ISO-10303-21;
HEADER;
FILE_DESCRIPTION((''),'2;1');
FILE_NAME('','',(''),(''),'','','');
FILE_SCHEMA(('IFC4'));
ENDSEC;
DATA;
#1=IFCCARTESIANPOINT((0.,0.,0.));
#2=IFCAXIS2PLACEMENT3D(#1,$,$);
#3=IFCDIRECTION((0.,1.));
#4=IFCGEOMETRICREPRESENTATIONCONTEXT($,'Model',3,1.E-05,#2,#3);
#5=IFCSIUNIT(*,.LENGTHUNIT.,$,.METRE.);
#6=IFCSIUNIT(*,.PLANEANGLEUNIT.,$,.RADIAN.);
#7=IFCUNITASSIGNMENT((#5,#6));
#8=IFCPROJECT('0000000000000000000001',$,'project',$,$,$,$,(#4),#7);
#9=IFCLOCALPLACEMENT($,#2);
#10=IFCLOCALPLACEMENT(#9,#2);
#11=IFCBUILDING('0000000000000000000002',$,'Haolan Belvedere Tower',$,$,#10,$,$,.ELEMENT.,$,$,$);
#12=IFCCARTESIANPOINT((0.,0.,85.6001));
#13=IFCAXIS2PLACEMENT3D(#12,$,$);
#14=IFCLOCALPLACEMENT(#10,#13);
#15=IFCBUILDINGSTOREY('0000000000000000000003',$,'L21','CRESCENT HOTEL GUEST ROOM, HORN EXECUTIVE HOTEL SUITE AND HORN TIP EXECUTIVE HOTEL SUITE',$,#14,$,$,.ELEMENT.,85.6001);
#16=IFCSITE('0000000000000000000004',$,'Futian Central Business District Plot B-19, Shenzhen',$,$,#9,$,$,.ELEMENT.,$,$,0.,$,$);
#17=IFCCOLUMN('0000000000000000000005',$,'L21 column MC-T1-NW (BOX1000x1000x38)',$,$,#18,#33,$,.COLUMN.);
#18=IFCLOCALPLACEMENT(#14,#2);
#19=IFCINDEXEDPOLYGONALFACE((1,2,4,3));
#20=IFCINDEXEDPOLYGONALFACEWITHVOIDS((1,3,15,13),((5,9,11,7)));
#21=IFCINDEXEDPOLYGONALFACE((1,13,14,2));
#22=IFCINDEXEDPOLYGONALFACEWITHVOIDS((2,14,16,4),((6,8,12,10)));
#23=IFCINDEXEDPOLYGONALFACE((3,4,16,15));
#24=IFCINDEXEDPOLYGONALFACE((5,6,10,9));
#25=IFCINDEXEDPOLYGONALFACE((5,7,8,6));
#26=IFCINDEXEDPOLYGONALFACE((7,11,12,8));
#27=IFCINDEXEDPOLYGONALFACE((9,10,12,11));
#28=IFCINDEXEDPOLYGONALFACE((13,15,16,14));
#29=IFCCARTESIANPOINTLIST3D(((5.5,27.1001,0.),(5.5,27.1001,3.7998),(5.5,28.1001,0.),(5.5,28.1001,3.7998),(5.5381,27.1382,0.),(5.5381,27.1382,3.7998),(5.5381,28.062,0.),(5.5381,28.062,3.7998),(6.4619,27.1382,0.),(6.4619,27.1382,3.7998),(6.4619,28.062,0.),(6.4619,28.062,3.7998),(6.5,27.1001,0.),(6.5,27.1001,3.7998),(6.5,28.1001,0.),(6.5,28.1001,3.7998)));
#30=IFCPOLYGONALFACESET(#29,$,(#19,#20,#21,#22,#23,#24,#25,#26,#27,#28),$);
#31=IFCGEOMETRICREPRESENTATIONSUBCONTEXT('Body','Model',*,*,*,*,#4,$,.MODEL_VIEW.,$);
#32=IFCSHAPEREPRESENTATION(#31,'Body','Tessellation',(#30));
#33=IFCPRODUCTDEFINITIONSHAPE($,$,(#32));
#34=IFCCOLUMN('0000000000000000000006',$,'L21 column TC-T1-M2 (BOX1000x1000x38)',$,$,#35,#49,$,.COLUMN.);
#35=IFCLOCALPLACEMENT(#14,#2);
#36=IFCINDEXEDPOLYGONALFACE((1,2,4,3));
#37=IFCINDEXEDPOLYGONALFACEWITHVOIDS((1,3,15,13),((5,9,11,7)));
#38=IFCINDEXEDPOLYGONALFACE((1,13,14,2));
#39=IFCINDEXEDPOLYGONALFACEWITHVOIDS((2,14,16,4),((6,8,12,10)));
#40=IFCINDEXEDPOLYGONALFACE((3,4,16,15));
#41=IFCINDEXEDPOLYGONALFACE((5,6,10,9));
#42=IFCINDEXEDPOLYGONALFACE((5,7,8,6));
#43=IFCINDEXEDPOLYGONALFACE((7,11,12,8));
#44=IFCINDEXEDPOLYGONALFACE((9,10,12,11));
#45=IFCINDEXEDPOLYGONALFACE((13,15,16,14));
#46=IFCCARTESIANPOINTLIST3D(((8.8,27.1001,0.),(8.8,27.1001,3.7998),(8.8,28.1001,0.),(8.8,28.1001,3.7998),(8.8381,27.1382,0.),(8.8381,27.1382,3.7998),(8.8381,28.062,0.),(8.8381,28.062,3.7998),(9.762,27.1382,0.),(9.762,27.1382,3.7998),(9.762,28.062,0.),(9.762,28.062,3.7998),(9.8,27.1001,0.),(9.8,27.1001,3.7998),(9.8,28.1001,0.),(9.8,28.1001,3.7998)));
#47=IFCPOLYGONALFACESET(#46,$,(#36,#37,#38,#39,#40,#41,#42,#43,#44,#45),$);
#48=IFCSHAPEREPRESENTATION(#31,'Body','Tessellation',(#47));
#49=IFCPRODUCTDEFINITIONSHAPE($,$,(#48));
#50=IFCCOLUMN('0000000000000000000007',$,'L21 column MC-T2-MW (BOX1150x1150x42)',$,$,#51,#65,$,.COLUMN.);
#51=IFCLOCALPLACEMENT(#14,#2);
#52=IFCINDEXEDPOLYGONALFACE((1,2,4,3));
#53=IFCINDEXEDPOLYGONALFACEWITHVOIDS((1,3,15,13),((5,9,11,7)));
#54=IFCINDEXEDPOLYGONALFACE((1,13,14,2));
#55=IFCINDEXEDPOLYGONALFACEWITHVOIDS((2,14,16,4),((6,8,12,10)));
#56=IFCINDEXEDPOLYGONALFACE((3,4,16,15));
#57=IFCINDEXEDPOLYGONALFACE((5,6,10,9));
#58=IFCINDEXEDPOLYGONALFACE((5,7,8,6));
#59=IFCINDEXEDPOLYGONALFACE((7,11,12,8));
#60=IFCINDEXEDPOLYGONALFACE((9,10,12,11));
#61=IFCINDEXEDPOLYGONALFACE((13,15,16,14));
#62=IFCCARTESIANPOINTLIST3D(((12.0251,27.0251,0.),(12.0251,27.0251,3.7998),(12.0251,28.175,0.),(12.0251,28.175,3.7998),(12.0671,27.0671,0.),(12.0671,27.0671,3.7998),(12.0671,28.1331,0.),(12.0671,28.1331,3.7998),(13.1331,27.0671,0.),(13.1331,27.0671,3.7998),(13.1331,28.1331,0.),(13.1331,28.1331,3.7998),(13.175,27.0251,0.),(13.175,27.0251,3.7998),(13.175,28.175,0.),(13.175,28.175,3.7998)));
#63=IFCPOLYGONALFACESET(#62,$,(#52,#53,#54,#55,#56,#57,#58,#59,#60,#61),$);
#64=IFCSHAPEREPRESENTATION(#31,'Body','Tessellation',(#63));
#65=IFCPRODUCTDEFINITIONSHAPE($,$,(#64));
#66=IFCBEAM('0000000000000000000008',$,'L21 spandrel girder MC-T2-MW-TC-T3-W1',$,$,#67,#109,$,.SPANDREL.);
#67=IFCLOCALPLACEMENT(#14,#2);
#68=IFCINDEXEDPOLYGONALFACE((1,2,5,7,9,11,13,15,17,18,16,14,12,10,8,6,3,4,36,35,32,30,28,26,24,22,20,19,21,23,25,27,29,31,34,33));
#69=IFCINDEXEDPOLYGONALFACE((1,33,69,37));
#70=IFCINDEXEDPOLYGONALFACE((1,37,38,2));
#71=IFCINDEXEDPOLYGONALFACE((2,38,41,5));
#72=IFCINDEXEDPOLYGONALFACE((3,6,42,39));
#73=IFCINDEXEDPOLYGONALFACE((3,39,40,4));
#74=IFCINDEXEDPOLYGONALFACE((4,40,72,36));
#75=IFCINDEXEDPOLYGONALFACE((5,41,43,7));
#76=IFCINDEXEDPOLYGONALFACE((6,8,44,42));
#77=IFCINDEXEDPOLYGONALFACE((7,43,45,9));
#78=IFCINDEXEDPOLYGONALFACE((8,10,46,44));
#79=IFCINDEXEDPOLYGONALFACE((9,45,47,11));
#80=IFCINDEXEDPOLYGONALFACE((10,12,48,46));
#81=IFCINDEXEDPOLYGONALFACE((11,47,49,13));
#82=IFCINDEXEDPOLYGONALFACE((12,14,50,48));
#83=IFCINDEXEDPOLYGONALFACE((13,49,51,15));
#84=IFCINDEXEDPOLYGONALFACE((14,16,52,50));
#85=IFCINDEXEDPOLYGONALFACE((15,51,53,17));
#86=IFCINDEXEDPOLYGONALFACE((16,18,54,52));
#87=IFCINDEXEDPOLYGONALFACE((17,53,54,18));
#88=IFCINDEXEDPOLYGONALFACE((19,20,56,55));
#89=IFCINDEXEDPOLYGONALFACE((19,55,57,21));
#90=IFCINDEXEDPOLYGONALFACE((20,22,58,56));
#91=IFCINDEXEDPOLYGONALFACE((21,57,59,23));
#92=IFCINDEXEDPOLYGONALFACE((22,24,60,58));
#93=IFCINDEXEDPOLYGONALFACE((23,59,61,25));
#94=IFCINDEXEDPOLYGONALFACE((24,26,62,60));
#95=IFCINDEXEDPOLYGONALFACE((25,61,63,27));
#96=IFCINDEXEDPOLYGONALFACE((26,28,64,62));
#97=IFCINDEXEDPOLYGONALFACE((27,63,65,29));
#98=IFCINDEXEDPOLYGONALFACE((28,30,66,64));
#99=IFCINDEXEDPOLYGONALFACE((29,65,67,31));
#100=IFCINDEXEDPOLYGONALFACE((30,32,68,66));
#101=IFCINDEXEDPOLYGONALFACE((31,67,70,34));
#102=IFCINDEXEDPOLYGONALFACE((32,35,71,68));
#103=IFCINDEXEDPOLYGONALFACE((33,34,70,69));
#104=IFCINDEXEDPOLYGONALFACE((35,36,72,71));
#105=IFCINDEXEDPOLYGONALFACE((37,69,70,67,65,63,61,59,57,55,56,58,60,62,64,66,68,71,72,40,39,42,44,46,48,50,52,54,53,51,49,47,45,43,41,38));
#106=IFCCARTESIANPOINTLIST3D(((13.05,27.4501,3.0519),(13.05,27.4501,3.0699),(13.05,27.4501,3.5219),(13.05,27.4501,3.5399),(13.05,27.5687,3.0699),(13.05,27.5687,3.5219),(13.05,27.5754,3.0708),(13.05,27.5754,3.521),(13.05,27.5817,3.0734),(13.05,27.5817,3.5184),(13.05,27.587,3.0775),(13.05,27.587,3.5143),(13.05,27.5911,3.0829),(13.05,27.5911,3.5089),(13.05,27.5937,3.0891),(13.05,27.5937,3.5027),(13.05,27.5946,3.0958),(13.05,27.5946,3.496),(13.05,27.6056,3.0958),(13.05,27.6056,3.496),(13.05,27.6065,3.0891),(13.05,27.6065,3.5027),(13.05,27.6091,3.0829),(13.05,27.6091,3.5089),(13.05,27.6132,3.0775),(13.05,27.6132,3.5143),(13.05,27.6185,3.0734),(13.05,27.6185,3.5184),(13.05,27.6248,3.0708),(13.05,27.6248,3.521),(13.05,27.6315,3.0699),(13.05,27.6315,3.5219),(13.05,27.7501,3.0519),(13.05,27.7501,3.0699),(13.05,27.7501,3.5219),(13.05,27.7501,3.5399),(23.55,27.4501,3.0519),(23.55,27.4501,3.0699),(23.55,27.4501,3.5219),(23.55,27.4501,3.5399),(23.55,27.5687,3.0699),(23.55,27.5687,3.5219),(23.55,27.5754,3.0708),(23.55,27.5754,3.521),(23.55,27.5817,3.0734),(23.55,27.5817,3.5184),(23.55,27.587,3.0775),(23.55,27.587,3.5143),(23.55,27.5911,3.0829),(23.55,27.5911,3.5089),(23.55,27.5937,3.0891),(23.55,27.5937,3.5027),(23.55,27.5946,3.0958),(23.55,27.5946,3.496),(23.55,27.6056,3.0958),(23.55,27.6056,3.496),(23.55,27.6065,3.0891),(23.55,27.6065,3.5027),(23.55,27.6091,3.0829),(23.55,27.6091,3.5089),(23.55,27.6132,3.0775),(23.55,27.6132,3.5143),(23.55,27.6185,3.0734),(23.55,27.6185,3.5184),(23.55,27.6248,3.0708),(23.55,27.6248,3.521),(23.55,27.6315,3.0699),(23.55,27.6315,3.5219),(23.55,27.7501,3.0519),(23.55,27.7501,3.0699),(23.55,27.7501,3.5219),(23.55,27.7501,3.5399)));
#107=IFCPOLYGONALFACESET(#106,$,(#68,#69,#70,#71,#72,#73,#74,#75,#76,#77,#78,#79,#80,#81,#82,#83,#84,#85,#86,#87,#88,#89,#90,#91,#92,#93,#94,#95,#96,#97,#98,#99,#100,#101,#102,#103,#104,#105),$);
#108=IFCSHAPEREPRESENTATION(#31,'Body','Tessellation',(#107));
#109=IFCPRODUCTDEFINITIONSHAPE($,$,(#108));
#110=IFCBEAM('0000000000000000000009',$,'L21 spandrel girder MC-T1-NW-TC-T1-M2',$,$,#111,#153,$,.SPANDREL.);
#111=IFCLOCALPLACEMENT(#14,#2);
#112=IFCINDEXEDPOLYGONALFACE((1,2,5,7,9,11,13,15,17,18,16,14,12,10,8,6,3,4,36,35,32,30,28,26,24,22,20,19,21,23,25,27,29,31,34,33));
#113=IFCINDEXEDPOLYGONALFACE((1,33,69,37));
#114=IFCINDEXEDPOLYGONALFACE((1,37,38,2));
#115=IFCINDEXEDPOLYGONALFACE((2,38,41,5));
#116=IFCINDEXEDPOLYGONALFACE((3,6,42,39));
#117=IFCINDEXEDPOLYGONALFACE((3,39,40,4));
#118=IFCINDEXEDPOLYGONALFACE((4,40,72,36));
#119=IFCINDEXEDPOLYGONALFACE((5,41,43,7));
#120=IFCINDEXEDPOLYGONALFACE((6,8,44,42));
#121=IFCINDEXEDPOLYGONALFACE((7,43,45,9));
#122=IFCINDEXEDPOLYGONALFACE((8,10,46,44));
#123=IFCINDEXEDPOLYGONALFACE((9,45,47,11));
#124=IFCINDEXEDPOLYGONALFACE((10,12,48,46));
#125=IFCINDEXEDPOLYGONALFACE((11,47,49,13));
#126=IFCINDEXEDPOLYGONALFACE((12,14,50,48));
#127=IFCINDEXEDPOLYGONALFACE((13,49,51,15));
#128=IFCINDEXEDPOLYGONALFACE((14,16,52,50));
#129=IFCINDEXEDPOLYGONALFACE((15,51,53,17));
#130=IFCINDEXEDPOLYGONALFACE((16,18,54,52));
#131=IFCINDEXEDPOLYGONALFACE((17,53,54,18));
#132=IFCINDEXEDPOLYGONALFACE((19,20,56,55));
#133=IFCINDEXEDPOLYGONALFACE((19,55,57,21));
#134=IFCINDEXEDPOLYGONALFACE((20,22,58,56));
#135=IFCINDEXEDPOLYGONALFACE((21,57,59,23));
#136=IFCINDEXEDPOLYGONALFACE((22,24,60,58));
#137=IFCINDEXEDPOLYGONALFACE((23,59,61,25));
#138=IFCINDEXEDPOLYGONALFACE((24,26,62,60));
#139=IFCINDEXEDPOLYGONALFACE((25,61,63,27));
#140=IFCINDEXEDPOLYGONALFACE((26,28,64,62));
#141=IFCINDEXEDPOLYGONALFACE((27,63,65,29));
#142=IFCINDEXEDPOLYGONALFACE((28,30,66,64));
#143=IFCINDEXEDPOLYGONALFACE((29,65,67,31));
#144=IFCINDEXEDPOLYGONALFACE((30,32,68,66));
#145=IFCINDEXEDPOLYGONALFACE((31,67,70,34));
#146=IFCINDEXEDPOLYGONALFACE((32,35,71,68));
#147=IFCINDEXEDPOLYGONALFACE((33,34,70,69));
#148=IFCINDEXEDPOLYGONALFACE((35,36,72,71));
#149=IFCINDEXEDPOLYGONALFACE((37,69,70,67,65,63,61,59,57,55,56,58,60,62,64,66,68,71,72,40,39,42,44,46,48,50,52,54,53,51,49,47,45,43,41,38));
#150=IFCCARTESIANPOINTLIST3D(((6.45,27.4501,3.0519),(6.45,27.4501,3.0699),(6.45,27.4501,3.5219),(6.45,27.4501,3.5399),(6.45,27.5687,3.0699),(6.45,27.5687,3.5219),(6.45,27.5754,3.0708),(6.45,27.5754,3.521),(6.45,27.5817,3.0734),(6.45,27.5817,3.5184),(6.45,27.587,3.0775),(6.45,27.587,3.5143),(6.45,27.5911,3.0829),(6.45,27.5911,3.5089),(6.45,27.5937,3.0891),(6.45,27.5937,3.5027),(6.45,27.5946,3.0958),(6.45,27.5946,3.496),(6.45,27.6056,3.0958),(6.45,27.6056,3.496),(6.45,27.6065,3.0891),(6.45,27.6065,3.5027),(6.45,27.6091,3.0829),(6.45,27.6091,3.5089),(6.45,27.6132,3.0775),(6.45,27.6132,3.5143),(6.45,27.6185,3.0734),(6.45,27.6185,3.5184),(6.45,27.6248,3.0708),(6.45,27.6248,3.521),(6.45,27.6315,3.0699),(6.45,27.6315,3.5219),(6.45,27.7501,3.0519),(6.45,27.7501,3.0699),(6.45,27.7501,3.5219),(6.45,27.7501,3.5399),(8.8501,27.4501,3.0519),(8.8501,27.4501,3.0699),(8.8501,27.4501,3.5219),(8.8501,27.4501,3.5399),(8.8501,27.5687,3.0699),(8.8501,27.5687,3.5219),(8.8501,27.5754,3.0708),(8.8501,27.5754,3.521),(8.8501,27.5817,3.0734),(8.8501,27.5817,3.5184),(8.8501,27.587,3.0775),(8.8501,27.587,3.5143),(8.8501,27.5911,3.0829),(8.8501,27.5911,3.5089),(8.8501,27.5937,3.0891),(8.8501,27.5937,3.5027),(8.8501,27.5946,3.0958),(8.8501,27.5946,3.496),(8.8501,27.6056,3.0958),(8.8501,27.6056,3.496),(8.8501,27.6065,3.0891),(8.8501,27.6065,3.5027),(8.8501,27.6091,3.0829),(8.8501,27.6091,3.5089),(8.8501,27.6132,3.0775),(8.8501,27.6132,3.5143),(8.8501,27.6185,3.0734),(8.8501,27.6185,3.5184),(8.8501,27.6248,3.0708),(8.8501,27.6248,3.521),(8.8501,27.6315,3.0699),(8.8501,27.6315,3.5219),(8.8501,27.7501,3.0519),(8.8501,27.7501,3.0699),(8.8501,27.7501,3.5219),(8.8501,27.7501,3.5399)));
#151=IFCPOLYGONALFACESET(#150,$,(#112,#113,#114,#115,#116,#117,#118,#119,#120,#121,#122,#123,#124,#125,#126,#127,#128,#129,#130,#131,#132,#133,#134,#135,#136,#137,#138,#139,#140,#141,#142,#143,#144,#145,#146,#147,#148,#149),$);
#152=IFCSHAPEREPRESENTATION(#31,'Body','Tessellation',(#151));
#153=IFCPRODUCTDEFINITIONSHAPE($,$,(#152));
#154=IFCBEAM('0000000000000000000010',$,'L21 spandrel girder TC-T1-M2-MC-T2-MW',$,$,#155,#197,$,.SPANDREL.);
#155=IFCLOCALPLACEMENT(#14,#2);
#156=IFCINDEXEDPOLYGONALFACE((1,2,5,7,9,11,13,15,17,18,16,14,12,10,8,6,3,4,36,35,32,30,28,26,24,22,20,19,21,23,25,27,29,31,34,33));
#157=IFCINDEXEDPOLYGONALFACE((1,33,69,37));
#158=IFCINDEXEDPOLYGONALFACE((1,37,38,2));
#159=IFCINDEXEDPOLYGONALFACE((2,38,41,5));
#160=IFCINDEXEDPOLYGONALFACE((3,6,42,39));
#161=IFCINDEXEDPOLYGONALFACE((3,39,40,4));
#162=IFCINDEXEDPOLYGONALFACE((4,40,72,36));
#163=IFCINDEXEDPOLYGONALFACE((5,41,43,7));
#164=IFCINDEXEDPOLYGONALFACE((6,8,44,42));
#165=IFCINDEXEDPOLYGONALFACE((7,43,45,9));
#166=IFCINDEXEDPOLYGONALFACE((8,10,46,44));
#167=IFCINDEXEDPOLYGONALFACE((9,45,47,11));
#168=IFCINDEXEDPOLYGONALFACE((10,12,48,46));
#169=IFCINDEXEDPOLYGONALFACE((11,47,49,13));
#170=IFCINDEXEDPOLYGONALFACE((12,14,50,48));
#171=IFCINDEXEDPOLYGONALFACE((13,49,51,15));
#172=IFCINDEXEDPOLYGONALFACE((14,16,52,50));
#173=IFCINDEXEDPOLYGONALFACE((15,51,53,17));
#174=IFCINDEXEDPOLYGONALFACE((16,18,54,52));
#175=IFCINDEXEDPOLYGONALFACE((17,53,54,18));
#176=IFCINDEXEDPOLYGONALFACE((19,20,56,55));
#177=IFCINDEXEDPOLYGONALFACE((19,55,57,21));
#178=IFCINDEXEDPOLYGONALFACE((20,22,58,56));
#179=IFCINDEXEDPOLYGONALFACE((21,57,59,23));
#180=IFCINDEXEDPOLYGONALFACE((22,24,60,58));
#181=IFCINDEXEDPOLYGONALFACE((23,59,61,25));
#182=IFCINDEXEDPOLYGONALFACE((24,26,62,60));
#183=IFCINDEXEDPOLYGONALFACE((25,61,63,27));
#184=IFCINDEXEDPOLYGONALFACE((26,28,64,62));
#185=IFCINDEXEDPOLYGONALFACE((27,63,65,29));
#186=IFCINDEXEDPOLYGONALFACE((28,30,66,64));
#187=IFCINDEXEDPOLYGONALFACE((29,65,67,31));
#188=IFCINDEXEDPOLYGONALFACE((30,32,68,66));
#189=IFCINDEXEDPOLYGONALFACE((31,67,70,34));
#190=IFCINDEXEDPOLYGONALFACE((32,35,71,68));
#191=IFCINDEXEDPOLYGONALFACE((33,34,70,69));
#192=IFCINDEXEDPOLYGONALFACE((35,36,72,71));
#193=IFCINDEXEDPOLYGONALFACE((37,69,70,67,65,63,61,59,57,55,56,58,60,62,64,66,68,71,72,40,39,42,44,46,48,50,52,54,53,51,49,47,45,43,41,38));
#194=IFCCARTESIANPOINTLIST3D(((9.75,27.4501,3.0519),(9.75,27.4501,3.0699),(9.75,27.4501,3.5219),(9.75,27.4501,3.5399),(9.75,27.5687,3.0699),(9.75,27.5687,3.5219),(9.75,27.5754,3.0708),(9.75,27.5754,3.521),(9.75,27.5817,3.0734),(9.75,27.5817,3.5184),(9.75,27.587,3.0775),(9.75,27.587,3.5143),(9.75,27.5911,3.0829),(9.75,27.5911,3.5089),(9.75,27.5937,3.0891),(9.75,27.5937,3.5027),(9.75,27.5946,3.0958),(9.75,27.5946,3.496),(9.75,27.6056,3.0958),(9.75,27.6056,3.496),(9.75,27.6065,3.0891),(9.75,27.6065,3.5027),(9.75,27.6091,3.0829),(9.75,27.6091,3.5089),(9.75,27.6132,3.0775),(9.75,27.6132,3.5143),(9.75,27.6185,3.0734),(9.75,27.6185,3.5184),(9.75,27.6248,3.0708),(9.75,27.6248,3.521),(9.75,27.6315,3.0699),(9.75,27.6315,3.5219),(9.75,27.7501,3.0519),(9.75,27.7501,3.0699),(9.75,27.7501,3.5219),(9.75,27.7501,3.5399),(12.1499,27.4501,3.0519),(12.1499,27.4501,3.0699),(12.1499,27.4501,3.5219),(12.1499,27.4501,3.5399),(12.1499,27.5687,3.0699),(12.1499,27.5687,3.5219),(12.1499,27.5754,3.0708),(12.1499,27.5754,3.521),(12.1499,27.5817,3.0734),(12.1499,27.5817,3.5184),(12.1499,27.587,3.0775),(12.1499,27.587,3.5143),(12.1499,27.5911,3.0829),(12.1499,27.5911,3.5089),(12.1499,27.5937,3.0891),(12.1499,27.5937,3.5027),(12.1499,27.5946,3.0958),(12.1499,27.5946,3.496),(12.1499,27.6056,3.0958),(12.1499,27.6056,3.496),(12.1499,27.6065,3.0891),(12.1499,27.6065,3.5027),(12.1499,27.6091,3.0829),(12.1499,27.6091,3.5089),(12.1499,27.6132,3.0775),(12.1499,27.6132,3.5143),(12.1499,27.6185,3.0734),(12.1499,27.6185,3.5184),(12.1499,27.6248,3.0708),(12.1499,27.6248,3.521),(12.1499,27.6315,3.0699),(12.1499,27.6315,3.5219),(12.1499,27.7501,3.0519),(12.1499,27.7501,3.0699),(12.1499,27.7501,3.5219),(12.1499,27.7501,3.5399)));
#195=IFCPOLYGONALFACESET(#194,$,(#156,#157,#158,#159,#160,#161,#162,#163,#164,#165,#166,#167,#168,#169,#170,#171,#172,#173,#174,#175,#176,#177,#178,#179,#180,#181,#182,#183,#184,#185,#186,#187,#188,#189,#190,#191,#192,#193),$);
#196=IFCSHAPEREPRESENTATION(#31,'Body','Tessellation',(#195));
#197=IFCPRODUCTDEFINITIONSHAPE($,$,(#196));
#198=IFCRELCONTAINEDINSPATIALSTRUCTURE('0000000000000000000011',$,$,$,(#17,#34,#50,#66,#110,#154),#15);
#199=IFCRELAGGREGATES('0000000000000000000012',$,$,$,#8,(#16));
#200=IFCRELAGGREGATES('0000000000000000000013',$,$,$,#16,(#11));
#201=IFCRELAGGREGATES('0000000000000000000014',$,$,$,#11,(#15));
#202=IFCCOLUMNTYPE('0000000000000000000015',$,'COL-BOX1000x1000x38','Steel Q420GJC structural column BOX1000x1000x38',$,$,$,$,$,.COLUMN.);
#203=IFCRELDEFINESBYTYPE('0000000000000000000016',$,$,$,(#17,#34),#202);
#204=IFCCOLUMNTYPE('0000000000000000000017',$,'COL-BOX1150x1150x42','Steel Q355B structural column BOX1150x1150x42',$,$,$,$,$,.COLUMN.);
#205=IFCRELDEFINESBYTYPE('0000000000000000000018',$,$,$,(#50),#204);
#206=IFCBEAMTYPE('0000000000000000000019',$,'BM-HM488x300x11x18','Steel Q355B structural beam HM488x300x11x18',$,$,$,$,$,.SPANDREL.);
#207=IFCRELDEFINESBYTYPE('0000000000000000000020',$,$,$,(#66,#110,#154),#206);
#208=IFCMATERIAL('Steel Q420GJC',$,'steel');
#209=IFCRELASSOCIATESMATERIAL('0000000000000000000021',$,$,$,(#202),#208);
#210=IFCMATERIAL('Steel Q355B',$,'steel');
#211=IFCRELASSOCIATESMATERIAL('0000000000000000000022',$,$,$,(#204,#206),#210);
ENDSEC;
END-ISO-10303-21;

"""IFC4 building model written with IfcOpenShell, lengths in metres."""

from ifc_helpers import new_model, si_unit, direction, frame, origin, origin_2d, place, context, subcontext, project, spatial, hollow_rectangle, i_section, extrude, material, material_profile, profile_set, type_object, element, save


model = new_model("IFC4")

# Units and contexts
model_context = context("Model", 3, precision=1e-05, world=origin(), true_north=direction((0.0, 1.0)))
body_context = subcontext(model_context, "Body", "Model", "MODEL_VIEW")
ifc_project = project(units=[si_unit("LENGTHUNIT", "METRE"), si_unit("PLANEANGLEUNIT", "RADIAN")], contexts=[model_context])

# Site, building, storey
site_placement = place(None, origin())
site = spatial("IfcSite", under=ifc_project, at=site_placement, Name="Futian Central Business District Plot B-19, Shenzhen", CompositionType="ELEMENT", RefElevation=0.0)
building_placement = place(site_placement, origin())
building = spatial("IfcBuilding", under=site, at=building_placement, Name="Haolan Belvedere Tower", CompositionType="ELEMENT")
storey_placement = place(building_placement, frame((0.0, 0.0, 85.6001)))
storey = spatial("IfcBuildingStorey", under=building, at=storey_placement, Name="L21", Description="CRESCENT HOTEL GUEST ROOM, HORN EXECUTIVE HOTEL SUITE AND HORN TIP EXECUTIVE HOTEL SUITE", CompositionType="ELEMENT", Elevation=85.6001)

# Columns
ifc_material_1 = material(Name="Steel Q420GJC", Category="steel")
ifc_material_profile_1 = material_profile(ifc_material_1, hollow_rectangle(XDim=1.0, YDim=1.0, WallThickness=0.0381, at=origin_2d()), Name="Steel Q420GJC")
ifc_profile_set_1 = profile_set([ifc_material_profile_1], Name="Steel Q420GJC")
column_type_1 = type_object("IfcColumnType", Name="COL-BOX1000x1000x38", Description="Steel Q420GJC structural column BOX1000x1000x38", PredefinedType="COLUMN", material=ifc_profile_set_1)
for number, where, z_axis, x_axis, name in (
    (1, (6.0, 27.6001, 0.0), (0.0, 0.0, 1.0), (1.0, 0.0, 0.0), "L21 column MC-T1-NW (BOX1000x1000x38)"),
    (2, (9.3, 27.6001, 0.0), (0.0, 0.0, 1.0), (1.0, 0.0, 0.0), "L21 column TC-T1-M2 (BOX1000x1000x38)"),
):
    element("IfcColumn", number, at=place(storey_placement, frame(where, z_axis=z_axis, x_axis=x_axis)), inside=storey, type_object=column_type_1, Name=name, PredefinedType="COLUMN", context=body_context, shape_type="SweptSolid", body=[
        extrude(hollow_rectangle(XDim=1.0, YDim=1.0, WallThickness=0.0381, at=origin_2d()), origin(), (0.0, 0.0, 1.0), 3.7998),
    ])
ifc_material_2 = material(Name="Steel Q355B", Category="steel")
ifc_material_profile_2 = material_profile(ifc_material_2, hollow_rectangle(XDim=1.1499, YDim=1.1499, WallThickness=0.042, at=origin_2d()), Name="Steel Q355B")
ifc_profile_set_2 = profile_set([ifc_material_profile_2], Name="Steel Q355B")
column_type_2 = type_object("IfcColumnType", Name="COL-BOX1150x1150x42", Description="Steel Q355B structural column BOX1150x1150x42", PredefinedType="COLUMN", material=ifc_profile_set_2)
column_placement = place(storey_placement, frame((12.6001, 27.6001, 0.0), z_axis=(0.0, 0.0, 1.0), x_axis=(1.0, 0.0, 0.0)))
element("IfcColumn", 3, at=column_placement, inside=storey, type_object=column_type_2, Name="L21 column MC-T2-MW (BOX1150x1150x42)", PredefinedType="COLUMN", context=body_context, shape_type="SweptSolid", body=[
    extrude(hollow_rectangle(XDim=1.1499, YDim=1.1499, WallThickness=0.042, at=origin_2d()), origin(), (0.0, 0.0, 1.0), 3.7998),
])

# Beams
ifc_material_profile_3 = material_profile(ifc_material_2, i_section(OverallWidth=0.3, OverallDepth=0.488, WebThickness=0.011, FlangeThickness=0.0181, FilletRadius=0.0259, at=origin_2d()), Name="Steel Q355B")
ifc_profile_set_3 = profile_set([ifc_material_profile_3], Name="Steel Q355B")
beam_type_1 = type_object("IfcBeamType", Name="BM-HM488x300x11x18", Description="Steel Q355B structural beam HM488x300x11x18", PredefinedType="SPANDREL", material=ifc_profile_set_3)
beam_1_placement = place(storey_placement, frame((13.05, 27.6001, 3.2959), z_axis=(1.0, 0.0, 0.0), x_axis=(0.0, 1.0, 0.0)))
element("IfcBeam", 4, at=beam_1_placement, inside=storey, type_object=beam_type_1, Name="L21 spandrel girder MC-T2-MW-TC-T3-W1", PredefinedType="SPANDREL", context=body_context, shape_type="SweptSolid", body=[
    extrude(i_section(OverallWidth=0.3, OverallDepth=0.488, WebThickness=0.011, FlangeThickness=0.0181, FilletRadius=0.0259, at=origin_2d()), origin(), (0.0, 0.0, 1.0), 10.5),
])
beam_2_placement = place(storey_placement, frame((6.45, 27.6001, 3.2959), z_axis=(1.0, 0.0, 0.0), x_axis=(0.0, 1.0, 0.0)))
element("IfcBeam", 5, at=beam_2_placement, inside=storey, type_object=beam_type_1, Name="L21 spandrel girder MC-T1-NW-TC-T1-M2", PredefinedType="SPANDREL", context=body_context, shape_type="SweptSolid", body=[
    extrude(i_section(OverallWidth=0.3, OverallDepth=0.488, WebThickness=0.011, FlangeThickness=0.0181, FilletRadius=0.0259, at=origin_2d()), origin(), (0.0, 0.0, 1.0), 2.4001),
])
beam_3_placement = place(storey_placement, frame((9.75, 27.6001, 3.2959), z_axis=(1.0, 0.0, 0.0), x_axis=(0.0, 1.0, 0.0)))
element("IfcBeam", 6, at=beam_3_placement, inside=storey, type_object=beam_type_1, Name="L21 spandrel girder TC-T1-M2-MC-T2-MW", PredefinedType="SPANDREL", context=body_context, shape_type="SweptSolid", body=[
    extrude(i_section(OverallWidth=0.3, OverallDepth=0.488, WebThickness=0.011, FlangeThickness=0.0181, FilletRadius=0.0259, at=origin_2d()), origin(), (0.0, 0.0, 1.0), 2.3999),
])

save(model, "model.ifc")
